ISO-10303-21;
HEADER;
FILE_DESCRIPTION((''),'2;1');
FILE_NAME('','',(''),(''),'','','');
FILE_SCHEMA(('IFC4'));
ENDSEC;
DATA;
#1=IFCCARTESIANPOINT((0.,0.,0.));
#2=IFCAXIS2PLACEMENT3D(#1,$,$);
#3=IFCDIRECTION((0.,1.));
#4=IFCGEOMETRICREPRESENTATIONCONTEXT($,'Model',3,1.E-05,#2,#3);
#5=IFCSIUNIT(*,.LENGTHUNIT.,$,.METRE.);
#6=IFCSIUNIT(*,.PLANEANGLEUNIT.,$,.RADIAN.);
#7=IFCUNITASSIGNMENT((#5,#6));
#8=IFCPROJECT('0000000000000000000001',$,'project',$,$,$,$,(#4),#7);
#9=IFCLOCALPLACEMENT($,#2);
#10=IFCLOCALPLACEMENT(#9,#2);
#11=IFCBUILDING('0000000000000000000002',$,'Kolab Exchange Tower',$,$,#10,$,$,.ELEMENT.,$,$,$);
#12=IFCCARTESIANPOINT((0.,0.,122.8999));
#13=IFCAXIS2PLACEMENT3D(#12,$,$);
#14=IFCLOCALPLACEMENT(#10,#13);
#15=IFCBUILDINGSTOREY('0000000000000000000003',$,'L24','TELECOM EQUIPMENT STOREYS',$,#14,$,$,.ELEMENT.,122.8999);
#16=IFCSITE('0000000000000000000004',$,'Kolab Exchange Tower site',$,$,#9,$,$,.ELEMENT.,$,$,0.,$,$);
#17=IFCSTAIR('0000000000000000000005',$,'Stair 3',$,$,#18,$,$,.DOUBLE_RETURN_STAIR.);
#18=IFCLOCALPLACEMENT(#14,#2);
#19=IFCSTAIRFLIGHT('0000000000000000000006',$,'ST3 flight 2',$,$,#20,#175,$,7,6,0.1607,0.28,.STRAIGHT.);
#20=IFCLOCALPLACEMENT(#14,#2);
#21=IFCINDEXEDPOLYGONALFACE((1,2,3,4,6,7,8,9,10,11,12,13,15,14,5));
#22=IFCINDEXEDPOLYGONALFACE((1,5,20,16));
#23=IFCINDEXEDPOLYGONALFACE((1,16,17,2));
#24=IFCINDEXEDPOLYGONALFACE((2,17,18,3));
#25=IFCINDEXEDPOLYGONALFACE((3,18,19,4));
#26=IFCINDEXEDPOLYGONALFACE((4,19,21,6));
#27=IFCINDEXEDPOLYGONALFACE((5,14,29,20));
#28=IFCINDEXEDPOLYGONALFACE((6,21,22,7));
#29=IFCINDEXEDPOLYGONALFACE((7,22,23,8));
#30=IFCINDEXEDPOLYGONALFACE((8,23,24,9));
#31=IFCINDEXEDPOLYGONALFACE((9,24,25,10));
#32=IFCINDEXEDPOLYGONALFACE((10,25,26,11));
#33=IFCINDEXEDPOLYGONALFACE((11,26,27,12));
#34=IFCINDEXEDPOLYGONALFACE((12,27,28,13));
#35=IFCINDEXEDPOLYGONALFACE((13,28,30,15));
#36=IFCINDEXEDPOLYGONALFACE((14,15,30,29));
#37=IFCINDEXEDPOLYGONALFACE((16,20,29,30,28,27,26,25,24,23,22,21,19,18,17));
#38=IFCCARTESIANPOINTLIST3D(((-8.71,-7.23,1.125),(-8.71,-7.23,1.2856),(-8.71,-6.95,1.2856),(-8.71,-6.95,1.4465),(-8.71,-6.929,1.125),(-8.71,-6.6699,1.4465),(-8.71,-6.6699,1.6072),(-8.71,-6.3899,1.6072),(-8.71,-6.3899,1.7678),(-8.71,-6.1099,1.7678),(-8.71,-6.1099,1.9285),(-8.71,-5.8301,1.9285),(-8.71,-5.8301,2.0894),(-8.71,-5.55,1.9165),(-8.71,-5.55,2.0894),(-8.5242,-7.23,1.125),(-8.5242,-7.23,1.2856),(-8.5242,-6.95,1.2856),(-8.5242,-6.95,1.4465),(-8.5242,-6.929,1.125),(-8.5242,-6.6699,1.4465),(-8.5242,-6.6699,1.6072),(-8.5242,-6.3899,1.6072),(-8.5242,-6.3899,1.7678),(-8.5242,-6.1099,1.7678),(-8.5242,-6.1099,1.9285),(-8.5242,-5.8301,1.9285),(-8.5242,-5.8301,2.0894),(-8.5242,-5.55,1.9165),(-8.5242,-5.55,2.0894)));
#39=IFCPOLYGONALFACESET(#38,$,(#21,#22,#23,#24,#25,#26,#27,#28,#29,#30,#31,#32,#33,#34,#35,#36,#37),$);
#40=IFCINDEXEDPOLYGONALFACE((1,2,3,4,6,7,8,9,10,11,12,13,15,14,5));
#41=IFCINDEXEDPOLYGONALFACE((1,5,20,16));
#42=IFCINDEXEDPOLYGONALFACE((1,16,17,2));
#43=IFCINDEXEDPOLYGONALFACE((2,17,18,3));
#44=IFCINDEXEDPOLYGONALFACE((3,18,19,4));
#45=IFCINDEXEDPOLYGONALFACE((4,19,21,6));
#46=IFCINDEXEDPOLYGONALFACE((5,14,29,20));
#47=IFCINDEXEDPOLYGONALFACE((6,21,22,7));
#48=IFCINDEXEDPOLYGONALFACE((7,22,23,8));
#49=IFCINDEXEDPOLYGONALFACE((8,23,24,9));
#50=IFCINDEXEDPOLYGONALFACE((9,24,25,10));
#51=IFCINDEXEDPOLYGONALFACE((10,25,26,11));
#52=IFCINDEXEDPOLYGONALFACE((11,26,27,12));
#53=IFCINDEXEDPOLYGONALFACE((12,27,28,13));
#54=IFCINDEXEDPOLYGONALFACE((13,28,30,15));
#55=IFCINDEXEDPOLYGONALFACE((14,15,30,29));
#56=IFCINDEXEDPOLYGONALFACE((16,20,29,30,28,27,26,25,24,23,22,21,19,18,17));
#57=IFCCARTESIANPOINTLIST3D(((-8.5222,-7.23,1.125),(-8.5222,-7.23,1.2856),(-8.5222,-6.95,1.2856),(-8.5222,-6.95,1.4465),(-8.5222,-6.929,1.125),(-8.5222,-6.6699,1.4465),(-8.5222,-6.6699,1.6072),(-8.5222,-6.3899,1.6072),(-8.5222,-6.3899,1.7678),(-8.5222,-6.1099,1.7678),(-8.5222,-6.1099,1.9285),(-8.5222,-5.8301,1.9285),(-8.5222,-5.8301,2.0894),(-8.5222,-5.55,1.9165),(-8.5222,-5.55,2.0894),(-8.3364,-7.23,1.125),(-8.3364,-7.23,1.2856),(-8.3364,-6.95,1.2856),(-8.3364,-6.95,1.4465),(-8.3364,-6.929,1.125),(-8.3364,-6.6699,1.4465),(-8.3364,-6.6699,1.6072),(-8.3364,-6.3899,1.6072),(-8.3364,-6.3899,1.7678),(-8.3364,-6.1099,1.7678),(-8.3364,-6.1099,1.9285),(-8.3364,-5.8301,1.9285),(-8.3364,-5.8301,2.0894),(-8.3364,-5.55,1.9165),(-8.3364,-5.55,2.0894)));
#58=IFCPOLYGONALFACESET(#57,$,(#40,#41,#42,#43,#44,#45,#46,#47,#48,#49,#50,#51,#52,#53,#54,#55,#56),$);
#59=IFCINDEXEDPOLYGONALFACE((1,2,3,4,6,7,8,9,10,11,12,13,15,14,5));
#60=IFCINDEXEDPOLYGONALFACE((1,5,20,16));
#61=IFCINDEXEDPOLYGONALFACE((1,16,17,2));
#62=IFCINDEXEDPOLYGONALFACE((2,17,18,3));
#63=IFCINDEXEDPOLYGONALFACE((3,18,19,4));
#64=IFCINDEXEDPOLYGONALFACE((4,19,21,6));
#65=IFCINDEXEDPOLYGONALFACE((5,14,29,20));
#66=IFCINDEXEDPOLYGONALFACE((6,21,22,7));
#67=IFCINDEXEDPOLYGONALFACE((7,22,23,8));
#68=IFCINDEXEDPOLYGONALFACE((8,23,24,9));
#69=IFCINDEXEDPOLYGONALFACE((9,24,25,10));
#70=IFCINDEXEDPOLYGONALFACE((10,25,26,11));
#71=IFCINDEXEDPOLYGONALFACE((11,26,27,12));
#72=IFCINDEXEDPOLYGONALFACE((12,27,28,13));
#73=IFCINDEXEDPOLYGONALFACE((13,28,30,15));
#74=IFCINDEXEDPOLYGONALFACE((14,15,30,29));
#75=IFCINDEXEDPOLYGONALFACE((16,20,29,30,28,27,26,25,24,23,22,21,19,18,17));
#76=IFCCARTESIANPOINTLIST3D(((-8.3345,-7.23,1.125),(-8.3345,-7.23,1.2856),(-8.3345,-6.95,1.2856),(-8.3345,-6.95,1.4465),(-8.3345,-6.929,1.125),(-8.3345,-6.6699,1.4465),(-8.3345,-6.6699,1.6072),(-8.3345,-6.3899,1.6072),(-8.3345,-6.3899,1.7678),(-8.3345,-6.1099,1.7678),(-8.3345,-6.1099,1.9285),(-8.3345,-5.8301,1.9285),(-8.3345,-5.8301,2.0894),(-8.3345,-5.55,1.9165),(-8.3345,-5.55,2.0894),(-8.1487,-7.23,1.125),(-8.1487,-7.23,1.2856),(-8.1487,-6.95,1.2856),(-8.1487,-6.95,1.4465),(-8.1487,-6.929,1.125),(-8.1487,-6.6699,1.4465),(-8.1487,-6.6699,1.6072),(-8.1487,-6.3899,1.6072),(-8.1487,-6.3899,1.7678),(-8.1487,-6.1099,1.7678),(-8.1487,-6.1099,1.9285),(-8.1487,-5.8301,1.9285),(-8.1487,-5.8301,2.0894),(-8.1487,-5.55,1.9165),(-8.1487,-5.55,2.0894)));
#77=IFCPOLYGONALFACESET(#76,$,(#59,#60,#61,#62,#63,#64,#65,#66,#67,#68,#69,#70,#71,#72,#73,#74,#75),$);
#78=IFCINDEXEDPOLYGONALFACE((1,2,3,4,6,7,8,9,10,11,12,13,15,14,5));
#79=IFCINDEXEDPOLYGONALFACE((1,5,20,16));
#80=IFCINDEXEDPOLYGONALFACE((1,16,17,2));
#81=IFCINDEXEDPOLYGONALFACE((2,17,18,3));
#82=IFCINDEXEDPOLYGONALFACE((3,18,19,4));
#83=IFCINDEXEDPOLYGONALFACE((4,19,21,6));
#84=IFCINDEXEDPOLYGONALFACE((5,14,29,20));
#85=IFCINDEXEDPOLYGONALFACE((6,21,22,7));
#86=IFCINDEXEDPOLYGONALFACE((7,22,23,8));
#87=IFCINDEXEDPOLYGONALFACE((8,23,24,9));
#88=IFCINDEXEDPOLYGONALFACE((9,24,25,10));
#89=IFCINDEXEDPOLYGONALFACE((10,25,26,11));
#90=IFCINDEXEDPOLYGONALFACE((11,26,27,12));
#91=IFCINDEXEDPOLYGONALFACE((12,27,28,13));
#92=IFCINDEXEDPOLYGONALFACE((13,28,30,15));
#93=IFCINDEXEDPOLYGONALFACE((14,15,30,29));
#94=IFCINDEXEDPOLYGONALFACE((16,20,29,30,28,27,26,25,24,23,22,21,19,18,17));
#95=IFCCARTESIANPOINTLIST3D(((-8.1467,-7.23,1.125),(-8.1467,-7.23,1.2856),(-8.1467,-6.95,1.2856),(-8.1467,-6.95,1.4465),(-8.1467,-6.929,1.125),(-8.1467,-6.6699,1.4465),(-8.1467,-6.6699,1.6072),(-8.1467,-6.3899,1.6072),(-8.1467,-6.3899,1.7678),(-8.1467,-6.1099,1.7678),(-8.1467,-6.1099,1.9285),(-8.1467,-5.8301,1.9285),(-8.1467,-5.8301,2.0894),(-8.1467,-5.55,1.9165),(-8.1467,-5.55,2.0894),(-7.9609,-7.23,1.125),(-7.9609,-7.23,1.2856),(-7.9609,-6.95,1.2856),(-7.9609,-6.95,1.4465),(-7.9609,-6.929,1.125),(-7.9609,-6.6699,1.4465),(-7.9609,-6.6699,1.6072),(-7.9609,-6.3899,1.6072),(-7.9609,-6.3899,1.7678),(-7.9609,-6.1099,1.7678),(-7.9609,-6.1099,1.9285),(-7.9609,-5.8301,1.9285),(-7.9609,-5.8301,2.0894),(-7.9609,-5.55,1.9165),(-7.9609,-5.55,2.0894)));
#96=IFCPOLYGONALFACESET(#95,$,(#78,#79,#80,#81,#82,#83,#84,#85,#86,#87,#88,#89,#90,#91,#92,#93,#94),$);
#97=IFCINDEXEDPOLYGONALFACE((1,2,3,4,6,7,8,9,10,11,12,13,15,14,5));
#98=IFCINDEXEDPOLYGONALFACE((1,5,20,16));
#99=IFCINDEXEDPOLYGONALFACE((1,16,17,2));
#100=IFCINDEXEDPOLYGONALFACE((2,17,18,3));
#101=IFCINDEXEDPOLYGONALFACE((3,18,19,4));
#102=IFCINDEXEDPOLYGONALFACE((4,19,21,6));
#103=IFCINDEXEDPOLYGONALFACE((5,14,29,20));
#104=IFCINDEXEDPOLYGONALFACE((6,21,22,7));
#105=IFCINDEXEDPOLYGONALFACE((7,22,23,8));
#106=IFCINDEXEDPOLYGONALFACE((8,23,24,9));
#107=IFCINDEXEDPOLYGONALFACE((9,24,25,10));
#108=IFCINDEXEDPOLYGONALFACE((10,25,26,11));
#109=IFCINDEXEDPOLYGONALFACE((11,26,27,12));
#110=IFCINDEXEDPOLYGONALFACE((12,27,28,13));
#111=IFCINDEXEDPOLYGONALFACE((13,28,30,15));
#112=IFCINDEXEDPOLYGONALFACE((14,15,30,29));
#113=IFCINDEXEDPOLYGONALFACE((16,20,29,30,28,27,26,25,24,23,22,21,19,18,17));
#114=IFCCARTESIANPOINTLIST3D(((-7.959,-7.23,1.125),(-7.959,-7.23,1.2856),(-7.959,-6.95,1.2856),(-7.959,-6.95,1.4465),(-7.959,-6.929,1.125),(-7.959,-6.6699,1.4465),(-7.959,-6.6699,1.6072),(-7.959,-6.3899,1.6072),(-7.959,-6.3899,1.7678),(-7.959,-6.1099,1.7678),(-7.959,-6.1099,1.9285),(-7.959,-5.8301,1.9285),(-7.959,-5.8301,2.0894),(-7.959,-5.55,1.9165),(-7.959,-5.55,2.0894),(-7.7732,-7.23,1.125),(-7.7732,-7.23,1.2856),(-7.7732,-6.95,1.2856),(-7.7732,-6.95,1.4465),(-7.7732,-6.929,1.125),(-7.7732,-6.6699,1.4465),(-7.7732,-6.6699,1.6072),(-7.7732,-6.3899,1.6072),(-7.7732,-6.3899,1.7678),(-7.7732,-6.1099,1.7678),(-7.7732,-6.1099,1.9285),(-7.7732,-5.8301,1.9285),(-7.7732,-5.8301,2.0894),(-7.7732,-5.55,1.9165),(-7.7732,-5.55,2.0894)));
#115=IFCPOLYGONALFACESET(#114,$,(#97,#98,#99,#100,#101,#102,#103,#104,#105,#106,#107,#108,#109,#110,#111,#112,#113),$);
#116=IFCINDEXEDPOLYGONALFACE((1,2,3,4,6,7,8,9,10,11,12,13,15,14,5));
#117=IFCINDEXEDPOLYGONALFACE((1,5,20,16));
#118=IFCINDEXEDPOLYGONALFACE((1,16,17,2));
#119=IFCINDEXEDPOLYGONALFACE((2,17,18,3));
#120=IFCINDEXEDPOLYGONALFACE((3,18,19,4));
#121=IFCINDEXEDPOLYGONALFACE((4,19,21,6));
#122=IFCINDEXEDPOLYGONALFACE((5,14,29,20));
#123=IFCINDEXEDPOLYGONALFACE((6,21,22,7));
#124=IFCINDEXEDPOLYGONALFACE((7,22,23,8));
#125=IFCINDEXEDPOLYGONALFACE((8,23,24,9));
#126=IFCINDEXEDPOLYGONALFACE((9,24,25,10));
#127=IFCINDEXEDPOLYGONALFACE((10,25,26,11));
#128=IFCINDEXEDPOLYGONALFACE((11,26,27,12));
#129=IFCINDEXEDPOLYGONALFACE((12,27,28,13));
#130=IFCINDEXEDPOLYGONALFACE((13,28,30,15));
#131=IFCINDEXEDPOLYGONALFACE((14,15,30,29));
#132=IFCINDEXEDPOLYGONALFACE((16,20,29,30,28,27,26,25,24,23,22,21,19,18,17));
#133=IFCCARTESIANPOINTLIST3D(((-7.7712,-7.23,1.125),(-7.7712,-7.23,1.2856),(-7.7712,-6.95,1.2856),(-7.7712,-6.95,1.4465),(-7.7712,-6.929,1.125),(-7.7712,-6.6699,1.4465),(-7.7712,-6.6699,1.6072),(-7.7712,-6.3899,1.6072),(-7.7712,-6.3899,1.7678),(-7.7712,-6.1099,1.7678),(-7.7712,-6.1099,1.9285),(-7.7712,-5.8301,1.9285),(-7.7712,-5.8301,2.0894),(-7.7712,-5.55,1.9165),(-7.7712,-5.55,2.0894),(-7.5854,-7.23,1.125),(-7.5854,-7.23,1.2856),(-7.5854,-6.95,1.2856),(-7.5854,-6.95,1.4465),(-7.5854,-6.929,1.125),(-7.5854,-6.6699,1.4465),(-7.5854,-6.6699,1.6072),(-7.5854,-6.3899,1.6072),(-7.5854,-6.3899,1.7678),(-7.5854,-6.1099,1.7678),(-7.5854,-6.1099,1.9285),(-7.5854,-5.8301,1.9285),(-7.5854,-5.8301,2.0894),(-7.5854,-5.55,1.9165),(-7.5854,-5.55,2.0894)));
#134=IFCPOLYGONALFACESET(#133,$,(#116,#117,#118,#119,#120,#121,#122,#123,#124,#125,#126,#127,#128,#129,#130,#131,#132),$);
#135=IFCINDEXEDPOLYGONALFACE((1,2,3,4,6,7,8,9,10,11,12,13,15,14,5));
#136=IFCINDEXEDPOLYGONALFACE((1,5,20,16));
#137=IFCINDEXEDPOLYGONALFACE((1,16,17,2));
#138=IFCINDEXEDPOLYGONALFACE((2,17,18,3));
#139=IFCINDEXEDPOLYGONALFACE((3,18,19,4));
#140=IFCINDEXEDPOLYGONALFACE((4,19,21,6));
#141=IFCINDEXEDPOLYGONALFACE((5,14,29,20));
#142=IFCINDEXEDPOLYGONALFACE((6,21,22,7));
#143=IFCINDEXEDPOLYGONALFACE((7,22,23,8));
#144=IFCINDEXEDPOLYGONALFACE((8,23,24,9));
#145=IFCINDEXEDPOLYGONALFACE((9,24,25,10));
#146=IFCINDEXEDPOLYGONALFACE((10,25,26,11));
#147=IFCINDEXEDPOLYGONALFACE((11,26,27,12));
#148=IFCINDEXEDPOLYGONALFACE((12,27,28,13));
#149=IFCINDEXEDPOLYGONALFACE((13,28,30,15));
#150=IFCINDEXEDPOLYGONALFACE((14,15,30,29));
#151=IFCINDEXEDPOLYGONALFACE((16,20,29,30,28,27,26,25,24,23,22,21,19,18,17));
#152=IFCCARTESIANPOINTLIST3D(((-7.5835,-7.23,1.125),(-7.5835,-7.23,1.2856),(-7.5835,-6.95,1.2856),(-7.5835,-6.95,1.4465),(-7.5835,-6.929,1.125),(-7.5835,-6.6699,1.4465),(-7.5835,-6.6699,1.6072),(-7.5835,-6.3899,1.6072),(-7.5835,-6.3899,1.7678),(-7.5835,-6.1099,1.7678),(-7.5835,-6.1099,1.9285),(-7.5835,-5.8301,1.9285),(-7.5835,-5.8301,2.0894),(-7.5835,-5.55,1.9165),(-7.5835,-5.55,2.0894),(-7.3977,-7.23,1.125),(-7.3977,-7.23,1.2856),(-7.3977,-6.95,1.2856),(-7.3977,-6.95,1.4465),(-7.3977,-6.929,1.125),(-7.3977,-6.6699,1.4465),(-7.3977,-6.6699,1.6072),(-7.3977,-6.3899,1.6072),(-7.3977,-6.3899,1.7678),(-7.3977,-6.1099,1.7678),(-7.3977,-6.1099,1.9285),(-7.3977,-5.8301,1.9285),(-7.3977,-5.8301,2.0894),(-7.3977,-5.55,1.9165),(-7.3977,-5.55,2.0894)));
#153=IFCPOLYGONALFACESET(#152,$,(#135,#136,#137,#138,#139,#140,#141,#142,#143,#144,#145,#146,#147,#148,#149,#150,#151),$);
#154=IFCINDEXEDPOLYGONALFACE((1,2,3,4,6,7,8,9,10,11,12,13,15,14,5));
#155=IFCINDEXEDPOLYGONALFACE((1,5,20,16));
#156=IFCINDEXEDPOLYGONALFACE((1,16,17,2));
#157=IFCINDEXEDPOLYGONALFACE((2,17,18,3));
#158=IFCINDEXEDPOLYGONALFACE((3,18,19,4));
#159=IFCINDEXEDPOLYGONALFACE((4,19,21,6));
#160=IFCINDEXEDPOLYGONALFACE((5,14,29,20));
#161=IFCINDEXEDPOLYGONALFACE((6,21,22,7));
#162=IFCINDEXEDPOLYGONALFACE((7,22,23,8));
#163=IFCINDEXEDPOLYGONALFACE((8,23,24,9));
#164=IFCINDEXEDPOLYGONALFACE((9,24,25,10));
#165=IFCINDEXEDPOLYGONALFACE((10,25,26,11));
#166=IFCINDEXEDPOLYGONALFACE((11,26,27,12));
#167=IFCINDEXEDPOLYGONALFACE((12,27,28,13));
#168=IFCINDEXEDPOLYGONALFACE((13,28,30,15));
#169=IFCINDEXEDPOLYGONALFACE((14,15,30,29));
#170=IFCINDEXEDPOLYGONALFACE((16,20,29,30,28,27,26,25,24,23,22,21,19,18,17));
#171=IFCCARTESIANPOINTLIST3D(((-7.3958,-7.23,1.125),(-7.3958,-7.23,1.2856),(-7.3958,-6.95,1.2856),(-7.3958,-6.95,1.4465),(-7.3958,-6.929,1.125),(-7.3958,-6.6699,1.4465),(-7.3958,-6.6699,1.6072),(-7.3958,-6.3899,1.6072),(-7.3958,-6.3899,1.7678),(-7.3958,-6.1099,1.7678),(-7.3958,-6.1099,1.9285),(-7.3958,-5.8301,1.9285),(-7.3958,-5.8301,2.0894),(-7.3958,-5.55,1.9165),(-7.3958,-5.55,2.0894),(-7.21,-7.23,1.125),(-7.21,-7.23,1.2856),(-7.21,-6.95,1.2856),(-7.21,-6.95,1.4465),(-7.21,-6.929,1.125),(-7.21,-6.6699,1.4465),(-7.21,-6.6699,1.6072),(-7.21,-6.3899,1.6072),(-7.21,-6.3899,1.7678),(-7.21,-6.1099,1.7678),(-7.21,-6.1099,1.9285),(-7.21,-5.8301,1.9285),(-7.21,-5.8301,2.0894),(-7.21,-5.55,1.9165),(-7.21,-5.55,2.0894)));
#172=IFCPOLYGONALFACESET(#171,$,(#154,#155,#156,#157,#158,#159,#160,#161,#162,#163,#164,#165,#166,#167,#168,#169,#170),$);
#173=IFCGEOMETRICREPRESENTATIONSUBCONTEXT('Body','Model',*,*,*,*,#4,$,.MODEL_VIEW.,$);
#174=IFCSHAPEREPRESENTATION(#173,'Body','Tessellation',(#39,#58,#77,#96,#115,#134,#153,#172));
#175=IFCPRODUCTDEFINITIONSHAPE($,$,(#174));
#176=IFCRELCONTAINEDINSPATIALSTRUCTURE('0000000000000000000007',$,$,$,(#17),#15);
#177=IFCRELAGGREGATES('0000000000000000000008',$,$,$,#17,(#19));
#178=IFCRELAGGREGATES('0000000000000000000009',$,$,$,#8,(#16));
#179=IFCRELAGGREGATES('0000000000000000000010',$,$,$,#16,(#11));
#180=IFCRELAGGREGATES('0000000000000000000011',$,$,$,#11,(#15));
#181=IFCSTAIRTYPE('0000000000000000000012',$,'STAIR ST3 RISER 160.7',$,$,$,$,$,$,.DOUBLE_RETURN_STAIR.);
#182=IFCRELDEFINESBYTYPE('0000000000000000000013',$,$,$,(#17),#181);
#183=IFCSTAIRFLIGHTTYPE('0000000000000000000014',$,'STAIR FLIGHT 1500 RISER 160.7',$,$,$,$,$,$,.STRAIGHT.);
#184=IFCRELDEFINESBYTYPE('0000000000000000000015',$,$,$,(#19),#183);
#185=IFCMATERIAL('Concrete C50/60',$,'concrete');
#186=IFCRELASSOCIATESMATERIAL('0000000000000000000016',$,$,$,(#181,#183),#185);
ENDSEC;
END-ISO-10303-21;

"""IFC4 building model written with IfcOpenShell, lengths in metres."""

from ifc_helpers import new_model, si_unit, direction, frame, origin, place, context, subcontext, project, spatial, polyline, outline, extrude, material, type_object, element, aggregate, save


model = new_model("IFC4")

# Units and contexts
model_context = context("Model", 3, precision=1e-05, world=origin(), true_north=direction((0.0, 1.0)))
body_context = subcontext(model_context, "Body", "Model", "MODEL_VIEW")
ifc_project = project(units=[si_unit("LENGTHUNIT", "METRE"), si_unit("PLANEANGLEUNIT", "RADIAN")], contexts=[model_context])

# Site, building, storey
site_placement = place(None, origin())
site = spatial("IfcSite", under=ifc_project, at=site_placement, Name="Kolab Exchange Tower site", CompositionType="ELEMENT", RefElevation=0.0)
building_placement = place(site_placement, origin())
building = spatial("IfcBuilding", under=site, at=building_placement, Name="Kolab Exchange Tower", CompositionType="ELEMENT")
storey_placement = place(building_placement, frame((0.0, 0.0, 122.8999)))
storey = spatial("IfcBuildingStorey", under=building, at=storey_placement, Name="L24", Description="TELECOM EQUIPMENT STOREYS", CompositionType="ELEMENT", Elevation=122.8999)

# Shared definitions
ifc_material_1 = material(Name="Concrete C50/60", Category="concrete")

# Stair, stair flight
stair_type = type_object("IfcStairType", Name="STAIR ST3 RISER 160.7", PredefinedType="DOUBLE_RETURN_STAIR", material=ifc_material_1)
stair_placement = place(storey_placement, origin())
stair = element("IfcStair", 1, at=stair_placement, inside=storey, type_object=stair_type, Name="Stair 3", PredefinedType="DOUBLE_RETURN_STAIR")
stair_flight_type = type_object("IfcStairFlightType", Name="STAIR FLIGHT 1500 RISER 160.7", PredefinedType="STRAIGHT", material=ifc_material_1)
stair_flight_1_placement = place(storey_placement, frame((-7.96, -7.23, 1.125), z_axis=(0.0, 0.0, 1.0), x_axis=(0.0, 1.0, 0.0)))
stair_flight_1 = element("IfcStairFlight", 2, at=stair_flight_1_placement, type_object=stair_flight_type, Name="ST3 flight 2", NumberOfRisers=7, NumberOfTreads=6, PredefinedType="STRAIGHT", RiserHeight=0.1607, TreadLength=0.28, context=body_context, shape_type="SweptSolid", body=[
    extrude(outline(polyline([(0.0, 0.0), (0.0, 0.1606), (0.28, 0.1606), (0.28, 0.3215), (0.5601, 0.3215), (0.5601, 0.4822), (0.8401, 0.4822), (0.8401, 0.6428), (1.1201, 0.6428), (1.1201, 0.8035), (1.3999, 0.8035), (1.3999, 0.9644), (1.6799, 0.9644), (1.6799, 1.125), (1.6799, 0.7915), (0.301, 0.0), (0.0, 0.0)])), frame((0.0, 0.75, 0.0), z_axis=(0.0, -1.0, 0.0), x_axis=(1.0, 0.0, 0.0)), (0.0, 0.0, 1.0), 0.1858),
    extrude(outline(polyline([(0.0, 0.0), (0.0, 0.1606), (0.28, 0.1606), (0.28, 0.3215), (0.5601, 0.3215), (0.5601, 0.4822), (0.8401, 0.4822), (0.8401, 0.6428), (1.1201, 0.6428), (1.1201, 0.8035), (1.3999, 0.8035), (1.3999, 0.9644), (1.6799, 0.9644), (1.6799, 1.125), (1.6799, 0.7915), (0.301, 0.0), (0.0, 0.0)])), frame((0.0, 0.5623, 0.0), z_axis=(0.0, -1.0, 0.0), x_axis=(1.0, 0.0, 0.0)), (0.0, 0.0, 1.0), 0.1858),
    extrude(outline(polyline([(0.0, 0.0), (0.0, 0.1606), (0.28, 0.1606), (0.28, 0.3215), (0.5601, 0.3215), (0.5601, 0.4822), (0.8401, 0.4822), (0.8401, 0.6428), (1.1201, 0.6428), (1.1201, 0.8035), (1.3999, 0.8035), (1.3999, 0.9644), (1.6799, 0.9644), (1.6799, 1.125), (1.6799, 0.7915), (0.301, 0.0), (0.0, 0.0)])), frame((0.0, 0.3745, 0.0), z_axis=(0.0, -1.0, 0.0), x_axis=(1.0, 0.0, 0.0)), (0.0, 0.0, 1.0), 0.1858),
    extrude(outline(polyline([(0.0, 0.0), (0.0, 0.1606), (0.28, 0.1606), (0.28, 0.3215), (0.5601, 0.3215), (0.5601, 0.4822), (0.8401, 0.4822), (0.8401, 0.6428), (1.1201, 0.6428), (1.1201, 0.8035), (1.3999, 0.8035), (1.3999, 0.9644), (1.6799, 0.9644), (1.6799, 1.125), (1.6799, 0.7915), (0.301, 0.0), (0.0, 0.0)])), frame((0.0, 0.1868, 0.0), z_axis=(0.0, -1.0, 0.0), x_axis=(1.0, 0.0, 0.0)), (0.0, 0.0, 1.0), 0.1858),
    extrude(outline(polyline([(0.0, 0.0), (0.0, 0.1606), (0.28, 0.1606), (0.28, 0.3215), (0.5601, 0.3215), (0.5601, 0.4822), (0.8401, 0.4822), (0.8401, 0.6428), (1.1201, 0.6428), (1.1201, 0.8035), (1.3999, 0.8035), (1.3999, 0.9644), (1.6799, 0.9644), (1.6799, 1.125), (1.6799, 0.7915), (0.301, 0.0), (0.0, 0.0)])), frame((0.0, -0.001, 0.0), z_axis=(0.0, -1.0, 0.0), x_axis=(1.0, 0.0, 0.0)), (0.0, 0.0, 1.0), 0.1858),
    extrude(outline(polyline([(0.0, 0.0), (0.0, 0.1606), (0.28, 0.1606), (0.28, 0.3215), (0.5601, 0.3215), (0.5601, 0.4822), (0.8401, 0.4822), (0.8401, 0.6428), (1.1201, 0.6428), (1.1201, 0.8035), (1.3999, 0.8035), (1.3999, 0.9644), (1.6799, 0.9644), (1.6799, 1.125), (1.6799, 0.7915), (0.301, 0.0), (0.0, 0.0)])), frame((0.0, -0.1887, 0.0), z_axis=(0.0, -1.0, 0.0), x_axis=(1.0, 0.0, 0.0)), (0.0, 0.0, 1.0), 0.1858),
    extrude(outline(polyline([(0.0, 0.0), (0.0, 0.1606), (0.28, 0.1606), (0.28, 0.3215), (0.5601, 0.3215), (0.5601, 0.4822), (0.8401, 0.4822), (0.8401, 0.6428), (1.1201, 0.6428), (1.1201, 0.8035), (1.3999, 0.8035), (1.3999, 0.9644), (1.6799, 0.9644), (1.6799, 1.125), (1.6799, 0.7915), (0.301, 0.0), (0.0, 0.0)])), frame((0.0, -0.3765, 0.0), z_axis=(0.0, -1.0, 0.0), x_axis=(1.0, 0.0, 0.0)), (0.0, 0.0, 1.0), 0.1858),
    extrude(outline(polyline([(0.0, 0.0), (0.0, 0.1606), (0.28, 0.1606), (0.28, 0.3215), (0.5601, 0.3215), (0.5601, 0.4822), (0.8401, 0.4822), (0.8401, 0.6428), (1.1201, 0.6428), (1.1201, 0.8035), (1.3999, 0.8035), (1.3999, 0.9644), (1.6799, 0.9644), (1.6799, 1.125), (1.6799, 0.7915), (0.301, 0.0), (0.0, 0.0)])), frame((0.0, -0.5642, 0.0), z_axis=(0.0, -1.0, 0.0), x_axis=(1.0, 0.0, 0.0)), (0.0, 0.0, 1.0), 0.1858),
])
aggregate(stair, [stair_flight_1])

save(model, "model.ifc")
